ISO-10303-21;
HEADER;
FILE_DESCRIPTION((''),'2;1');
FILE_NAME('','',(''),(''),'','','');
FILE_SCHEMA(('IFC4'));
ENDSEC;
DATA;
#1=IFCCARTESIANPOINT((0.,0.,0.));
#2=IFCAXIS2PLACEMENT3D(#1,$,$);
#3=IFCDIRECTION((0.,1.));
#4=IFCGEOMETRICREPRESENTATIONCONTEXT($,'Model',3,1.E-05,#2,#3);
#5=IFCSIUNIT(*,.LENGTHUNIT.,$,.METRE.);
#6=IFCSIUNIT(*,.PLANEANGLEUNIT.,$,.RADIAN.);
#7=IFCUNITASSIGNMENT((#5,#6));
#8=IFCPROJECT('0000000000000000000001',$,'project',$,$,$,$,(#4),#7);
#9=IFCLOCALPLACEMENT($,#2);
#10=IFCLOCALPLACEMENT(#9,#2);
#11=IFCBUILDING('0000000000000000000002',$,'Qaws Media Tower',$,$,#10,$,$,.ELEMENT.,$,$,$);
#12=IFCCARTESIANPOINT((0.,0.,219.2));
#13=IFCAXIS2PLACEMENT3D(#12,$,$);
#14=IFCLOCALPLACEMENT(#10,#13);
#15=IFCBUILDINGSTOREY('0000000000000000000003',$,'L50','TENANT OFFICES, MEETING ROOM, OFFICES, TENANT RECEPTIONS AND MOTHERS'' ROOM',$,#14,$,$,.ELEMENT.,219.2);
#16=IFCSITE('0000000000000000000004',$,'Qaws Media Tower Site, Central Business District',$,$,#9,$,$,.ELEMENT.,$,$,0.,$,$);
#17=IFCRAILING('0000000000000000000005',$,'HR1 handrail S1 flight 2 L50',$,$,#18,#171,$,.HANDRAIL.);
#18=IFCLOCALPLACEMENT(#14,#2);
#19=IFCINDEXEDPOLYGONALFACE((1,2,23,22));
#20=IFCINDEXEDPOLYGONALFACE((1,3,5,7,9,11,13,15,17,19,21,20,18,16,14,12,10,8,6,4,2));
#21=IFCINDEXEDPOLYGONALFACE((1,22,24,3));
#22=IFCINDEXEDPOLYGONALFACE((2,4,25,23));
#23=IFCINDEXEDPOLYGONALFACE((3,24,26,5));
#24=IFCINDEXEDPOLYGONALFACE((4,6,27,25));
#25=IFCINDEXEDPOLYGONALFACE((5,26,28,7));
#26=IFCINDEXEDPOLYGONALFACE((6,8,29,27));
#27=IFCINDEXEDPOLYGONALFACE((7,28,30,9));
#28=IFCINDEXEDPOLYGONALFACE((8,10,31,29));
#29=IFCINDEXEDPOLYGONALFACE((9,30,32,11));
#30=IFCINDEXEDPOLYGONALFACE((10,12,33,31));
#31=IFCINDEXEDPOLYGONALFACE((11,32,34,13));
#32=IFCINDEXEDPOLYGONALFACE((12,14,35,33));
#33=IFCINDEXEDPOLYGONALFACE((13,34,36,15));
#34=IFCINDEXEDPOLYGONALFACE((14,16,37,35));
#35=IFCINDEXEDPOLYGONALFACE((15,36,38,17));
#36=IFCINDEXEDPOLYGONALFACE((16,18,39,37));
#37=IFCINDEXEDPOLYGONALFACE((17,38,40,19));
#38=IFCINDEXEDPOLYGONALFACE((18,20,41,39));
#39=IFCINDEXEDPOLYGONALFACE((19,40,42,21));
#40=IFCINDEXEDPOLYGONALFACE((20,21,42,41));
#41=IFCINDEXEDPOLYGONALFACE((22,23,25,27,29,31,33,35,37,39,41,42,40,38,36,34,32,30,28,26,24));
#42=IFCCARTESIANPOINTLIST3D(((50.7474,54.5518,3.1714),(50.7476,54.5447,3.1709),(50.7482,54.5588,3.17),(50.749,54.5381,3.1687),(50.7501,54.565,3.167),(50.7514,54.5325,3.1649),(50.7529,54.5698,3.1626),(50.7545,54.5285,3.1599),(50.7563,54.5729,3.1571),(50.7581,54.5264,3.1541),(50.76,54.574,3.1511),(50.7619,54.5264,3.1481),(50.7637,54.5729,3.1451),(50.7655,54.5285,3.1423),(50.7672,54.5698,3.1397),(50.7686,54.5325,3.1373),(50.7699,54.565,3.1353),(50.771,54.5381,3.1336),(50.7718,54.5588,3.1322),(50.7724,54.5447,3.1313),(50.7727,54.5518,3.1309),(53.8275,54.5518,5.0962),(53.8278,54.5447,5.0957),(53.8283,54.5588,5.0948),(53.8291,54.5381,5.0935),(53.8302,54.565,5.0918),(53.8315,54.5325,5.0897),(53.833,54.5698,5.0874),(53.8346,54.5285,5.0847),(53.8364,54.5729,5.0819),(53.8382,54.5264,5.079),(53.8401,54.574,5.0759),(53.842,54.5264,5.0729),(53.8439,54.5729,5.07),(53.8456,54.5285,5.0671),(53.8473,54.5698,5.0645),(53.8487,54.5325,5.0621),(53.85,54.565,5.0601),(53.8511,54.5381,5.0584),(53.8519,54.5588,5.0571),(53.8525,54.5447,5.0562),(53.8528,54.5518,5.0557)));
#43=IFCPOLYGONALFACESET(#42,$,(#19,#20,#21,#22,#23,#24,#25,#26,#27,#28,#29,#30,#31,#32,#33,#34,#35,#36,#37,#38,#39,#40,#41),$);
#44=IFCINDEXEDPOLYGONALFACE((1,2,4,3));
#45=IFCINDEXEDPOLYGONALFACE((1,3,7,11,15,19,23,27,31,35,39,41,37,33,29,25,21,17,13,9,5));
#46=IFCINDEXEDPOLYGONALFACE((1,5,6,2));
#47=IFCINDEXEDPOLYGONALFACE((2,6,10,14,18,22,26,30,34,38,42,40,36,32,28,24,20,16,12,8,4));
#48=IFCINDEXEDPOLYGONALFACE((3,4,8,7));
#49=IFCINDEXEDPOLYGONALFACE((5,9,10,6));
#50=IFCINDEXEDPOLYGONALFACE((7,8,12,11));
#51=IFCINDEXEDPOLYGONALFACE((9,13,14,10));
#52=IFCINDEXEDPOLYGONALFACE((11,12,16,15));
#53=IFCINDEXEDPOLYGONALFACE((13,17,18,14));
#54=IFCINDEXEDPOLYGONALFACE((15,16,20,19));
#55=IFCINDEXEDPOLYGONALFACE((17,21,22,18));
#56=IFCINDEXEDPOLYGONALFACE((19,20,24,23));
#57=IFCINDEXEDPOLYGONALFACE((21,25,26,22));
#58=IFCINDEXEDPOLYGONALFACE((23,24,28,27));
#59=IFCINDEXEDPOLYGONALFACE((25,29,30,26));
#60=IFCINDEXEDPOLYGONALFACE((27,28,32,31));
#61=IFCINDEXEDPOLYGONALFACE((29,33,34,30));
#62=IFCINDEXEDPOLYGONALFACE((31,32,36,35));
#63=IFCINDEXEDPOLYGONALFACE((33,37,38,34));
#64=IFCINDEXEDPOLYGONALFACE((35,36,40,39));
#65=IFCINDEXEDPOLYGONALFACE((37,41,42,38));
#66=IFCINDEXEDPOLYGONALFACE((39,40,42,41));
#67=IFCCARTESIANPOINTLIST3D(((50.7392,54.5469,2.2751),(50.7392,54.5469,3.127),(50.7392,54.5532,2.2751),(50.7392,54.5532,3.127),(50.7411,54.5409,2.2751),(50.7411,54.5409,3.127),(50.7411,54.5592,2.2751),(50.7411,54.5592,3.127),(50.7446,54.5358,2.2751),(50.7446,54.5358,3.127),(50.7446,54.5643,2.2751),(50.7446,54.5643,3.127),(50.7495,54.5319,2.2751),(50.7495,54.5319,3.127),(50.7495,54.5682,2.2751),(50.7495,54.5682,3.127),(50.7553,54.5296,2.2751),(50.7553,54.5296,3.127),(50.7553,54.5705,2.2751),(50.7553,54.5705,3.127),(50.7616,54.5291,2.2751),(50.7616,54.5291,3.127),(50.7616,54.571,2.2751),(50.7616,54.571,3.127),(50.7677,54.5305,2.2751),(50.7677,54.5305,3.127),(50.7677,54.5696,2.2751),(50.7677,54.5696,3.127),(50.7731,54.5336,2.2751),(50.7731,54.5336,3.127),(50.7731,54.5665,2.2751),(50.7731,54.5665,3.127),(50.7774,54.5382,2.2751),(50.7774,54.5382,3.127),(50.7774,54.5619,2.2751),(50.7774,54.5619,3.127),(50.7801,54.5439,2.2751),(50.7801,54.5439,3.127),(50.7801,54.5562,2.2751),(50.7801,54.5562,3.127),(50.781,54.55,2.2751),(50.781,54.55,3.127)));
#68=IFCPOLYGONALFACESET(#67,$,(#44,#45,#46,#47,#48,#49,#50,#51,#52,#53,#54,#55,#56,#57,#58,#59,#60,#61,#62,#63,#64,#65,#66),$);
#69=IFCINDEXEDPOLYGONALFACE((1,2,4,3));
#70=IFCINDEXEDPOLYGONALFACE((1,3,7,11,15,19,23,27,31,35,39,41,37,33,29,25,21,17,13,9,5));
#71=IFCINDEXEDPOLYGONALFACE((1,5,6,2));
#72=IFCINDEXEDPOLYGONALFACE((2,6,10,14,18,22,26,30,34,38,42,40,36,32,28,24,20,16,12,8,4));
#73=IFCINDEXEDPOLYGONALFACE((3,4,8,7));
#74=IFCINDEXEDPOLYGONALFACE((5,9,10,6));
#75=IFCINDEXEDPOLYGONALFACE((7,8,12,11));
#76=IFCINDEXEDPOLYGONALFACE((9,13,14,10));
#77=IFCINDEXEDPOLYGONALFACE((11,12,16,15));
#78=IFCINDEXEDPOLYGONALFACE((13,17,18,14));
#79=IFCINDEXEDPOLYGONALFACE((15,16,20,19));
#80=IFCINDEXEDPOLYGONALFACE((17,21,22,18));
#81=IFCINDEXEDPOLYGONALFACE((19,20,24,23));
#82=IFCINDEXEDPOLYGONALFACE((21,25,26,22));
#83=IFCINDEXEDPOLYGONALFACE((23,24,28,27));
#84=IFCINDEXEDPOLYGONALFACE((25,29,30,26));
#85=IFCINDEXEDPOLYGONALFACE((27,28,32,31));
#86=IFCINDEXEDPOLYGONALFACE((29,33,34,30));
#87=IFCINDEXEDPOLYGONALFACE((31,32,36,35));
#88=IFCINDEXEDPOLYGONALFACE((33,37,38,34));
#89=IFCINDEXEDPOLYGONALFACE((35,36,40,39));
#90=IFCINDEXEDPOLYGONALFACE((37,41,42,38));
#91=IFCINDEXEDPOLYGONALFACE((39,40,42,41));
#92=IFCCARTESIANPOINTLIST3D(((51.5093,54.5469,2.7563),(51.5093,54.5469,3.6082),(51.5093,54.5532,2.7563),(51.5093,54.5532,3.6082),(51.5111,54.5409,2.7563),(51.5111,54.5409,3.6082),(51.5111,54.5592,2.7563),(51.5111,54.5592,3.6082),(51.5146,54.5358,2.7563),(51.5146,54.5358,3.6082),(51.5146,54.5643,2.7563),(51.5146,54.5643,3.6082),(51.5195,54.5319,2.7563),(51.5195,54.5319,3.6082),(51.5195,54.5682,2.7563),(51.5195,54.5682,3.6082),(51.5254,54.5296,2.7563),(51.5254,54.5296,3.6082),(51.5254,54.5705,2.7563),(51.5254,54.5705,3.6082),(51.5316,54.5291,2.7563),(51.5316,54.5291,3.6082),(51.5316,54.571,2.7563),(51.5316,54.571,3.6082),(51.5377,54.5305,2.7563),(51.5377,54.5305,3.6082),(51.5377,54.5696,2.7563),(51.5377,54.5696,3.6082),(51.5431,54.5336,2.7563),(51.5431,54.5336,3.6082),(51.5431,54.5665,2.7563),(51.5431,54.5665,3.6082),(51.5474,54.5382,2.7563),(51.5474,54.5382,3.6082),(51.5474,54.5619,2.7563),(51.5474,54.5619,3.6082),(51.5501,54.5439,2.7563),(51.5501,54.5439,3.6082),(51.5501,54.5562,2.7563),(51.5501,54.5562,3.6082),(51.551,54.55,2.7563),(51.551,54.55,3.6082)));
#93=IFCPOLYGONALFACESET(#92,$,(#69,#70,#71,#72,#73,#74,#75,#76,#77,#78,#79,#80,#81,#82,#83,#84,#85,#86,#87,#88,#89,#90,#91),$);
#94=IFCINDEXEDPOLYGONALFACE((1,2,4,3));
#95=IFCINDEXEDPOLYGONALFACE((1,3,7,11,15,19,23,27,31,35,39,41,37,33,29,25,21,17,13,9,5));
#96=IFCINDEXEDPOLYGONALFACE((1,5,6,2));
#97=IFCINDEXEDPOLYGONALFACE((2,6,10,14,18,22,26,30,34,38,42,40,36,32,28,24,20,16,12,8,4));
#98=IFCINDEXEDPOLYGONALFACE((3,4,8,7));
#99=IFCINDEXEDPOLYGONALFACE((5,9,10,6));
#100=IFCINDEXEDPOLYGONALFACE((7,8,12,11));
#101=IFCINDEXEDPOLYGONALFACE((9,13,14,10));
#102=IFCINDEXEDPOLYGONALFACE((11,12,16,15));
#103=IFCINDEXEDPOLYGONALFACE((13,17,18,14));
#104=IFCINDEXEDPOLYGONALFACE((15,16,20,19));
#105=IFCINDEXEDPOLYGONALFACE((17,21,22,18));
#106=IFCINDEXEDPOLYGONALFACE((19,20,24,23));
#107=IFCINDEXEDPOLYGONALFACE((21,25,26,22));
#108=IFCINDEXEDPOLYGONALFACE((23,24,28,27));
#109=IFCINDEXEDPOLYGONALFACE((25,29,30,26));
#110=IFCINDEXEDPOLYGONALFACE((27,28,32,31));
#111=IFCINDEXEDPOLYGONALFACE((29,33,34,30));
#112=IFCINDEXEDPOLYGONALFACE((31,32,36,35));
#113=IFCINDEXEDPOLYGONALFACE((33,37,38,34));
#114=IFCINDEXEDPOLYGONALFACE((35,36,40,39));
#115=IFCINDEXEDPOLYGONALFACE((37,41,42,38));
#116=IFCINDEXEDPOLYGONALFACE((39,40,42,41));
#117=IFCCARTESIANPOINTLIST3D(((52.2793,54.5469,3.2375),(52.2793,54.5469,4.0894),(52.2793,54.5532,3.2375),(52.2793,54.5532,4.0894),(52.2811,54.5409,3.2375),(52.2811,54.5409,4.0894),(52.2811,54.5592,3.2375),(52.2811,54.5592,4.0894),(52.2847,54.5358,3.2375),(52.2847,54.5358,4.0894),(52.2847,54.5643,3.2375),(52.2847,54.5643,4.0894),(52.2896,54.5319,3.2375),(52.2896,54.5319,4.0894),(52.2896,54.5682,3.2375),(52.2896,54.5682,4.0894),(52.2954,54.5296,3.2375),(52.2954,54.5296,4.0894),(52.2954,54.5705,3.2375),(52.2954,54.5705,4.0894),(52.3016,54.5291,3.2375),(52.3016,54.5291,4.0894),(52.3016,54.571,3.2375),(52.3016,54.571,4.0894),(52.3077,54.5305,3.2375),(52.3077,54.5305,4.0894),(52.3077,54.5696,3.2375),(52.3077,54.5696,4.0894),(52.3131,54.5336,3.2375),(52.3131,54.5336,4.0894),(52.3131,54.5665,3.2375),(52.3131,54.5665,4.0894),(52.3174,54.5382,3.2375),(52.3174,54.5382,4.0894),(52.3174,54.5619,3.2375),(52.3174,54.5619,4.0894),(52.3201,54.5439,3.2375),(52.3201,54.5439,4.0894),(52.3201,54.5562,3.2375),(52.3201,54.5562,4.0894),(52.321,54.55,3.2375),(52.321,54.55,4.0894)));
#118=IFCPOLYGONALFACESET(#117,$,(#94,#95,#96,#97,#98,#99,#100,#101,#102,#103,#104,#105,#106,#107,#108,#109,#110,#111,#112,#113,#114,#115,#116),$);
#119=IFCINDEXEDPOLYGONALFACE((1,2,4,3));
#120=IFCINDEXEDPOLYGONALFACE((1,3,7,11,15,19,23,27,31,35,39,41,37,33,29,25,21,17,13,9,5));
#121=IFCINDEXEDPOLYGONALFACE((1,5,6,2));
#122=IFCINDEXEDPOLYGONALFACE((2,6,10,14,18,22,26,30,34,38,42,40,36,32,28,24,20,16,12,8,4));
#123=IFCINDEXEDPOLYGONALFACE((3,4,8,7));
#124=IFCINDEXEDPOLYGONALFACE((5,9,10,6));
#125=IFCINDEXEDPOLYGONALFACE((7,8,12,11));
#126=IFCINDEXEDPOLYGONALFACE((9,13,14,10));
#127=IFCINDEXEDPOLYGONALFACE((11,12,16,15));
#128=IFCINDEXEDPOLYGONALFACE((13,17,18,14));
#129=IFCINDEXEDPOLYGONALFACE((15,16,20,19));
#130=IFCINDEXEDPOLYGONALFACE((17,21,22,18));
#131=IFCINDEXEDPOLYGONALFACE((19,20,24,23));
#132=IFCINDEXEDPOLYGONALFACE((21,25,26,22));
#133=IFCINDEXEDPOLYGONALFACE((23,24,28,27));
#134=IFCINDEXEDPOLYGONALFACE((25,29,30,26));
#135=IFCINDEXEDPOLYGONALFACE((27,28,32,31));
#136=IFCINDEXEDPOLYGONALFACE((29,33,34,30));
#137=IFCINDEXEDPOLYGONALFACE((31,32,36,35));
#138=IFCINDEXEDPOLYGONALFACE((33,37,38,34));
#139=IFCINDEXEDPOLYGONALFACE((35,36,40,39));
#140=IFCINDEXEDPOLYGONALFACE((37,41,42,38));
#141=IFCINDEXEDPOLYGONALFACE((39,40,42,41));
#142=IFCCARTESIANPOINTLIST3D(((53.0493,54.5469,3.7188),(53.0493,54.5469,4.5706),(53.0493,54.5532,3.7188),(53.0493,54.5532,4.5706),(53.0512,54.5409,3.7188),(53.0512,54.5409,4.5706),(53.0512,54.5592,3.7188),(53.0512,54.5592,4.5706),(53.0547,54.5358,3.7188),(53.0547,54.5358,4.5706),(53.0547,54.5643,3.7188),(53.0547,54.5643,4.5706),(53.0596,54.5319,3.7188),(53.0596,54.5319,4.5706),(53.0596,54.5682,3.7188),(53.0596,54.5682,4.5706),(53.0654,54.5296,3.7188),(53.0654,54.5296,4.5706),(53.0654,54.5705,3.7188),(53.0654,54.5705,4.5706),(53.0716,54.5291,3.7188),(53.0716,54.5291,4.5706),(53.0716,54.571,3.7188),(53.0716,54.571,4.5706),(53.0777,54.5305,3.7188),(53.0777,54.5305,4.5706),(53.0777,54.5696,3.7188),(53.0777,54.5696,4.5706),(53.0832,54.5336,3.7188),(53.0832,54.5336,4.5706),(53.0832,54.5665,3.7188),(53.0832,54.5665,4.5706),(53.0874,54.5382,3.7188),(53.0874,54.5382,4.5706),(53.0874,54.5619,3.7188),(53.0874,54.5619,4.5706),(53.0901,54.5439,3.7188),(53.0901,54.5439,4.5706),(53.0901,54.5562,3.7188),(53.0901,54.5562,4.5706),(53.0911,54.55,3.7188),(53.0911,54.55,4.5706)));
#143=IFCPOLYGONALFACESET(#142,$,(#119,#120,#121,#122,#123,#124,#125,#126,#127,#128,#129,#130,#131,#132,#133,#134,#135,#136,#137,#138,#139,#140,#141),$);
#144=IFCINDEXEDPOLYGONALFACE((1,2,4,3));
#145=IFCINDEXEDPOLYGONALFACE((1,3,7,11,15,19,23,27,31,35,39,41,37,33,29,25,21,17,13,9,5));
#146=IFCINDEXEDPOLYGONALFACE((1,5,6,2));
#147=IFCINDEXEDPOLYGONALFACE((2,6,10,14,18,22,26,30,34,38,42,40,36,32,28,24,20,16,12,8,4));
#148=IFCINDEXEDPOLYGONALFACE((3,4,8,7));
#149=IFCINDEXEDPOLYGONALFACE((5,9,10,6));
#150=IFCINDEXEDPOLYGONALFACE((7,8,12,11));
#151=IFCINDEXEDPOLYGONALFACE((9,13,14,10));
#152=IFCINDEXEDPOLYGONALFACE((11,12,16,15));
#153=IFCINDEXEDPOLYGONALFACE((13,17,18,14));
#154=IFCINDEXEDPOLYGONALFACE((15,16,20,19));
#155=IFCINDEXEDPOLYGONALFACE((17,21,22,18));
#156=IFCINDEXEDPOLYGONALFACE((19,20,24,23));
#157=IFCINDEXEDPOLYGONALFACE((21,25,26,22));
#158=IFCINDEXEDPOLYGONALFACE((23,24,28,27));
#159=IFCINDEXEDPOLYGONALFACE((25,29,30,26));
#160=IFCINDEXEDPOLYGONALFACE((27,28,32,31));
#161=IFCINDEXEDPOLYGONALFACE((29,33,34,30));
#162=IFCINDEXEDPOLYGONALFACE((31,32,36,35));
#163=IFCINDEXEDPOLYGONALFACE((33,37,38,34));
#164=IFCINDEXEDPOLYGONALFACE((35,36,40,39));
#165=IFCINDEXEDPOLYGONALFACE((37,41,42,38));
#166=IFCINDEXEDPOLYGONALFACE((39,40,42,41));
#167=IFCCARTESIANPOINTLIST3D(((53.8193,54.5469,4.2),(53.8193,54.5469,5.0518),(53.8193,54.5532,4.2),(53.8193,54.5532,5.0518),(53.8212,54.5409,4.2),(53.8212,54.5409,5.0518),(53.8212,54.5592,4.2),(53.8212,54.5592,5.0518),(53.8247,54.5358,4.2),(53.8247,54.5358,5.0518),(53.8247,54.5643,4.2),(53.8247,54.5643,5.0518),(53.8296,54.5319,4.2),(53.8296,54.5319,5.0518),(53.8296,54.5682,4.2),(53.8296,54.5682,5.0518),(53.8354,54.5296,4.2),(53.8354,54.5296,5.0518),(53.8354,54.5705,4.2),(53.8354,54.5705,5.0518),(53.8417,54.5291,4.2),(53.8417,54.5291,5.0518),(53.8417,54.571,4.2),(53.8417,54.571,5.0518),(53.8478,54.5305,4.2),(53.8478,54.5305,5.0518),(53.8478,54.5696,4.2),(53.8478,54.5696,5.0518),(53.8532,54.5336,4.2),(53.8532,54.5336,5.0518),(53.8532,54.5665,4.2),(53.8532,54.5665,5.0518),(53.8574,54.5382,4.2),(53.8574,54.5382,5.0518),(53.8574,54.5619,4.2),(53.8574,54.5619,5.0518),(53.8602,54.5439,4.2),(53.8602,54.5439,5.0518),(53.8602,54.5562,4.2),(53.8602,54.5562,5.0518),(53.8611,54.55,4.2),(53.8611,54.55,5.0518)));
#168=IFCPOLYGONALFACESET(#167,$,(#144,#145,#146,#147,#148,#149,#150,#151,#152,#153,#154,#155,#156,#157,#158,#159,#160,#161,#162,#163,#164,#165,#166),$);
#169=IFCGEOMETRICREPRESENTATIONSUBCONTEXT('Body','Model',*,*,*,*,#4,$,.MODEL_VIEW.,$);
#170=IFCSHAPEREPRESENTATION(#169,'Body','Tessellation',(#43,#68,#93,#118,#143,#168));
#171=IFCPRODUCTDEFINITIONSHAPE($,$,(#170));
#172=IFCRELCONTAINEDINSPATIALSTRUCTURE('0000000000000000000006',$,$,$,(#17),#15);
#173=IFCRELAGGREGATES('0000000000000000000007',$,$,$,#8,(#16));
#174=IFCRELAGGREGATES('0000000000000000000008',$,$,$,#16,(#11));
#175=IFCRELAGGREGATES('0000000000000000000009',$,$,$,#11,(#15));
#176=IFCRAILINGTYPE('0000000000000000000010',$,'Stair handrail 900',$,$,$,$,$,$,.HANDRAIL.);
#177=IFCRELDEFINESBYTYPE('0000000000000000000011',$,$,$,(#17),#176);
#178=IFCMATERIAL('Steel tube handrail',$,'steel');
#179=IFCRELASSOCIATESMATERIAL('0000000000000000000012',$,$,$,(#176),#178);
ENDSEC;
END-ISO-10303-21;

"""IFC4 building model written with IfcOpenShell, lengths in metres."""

from ifc_helpers import new_model, si_unit, direction, frame, origin, origin_2d, place, context, subcontext, project, spatial, circle, extrude, material, type_object, element, save


model = new_model("IFC4")

# Units and contexts
model_context = context("Model", 3, precision=1e-05, world=origin(), true_north=direction((0.0, 1.0)))
body_context = subcontext(model_context, "Body", "Model", "MODEL_VIEW")
ifc_project = project(units=[si_unit("LENGTHUNIT", "METRE"), si_unit("PLANEANGLEUNIT", "RADIAN")], contexts=[model_context])

# Site, building, storey
site_placement = place(None, origin())
site = spatial("IfcSite", under=ifc_project, at=site_placement, Name="Qaws Media Tower Site, Central Business District", CompositionType="ELEMENT", RefElevation=0.0)
building_placement = place(site_placement, origin())
building = spatial("IfcBuilding", under=site, at=building_placement, Name="Qaws Media Tower", CompositionType="ELEMENT")
storey_placement = place(building_placement, frame((0.0, 0.0, 219.2)))
storey = spatial("IfcBuildingStorey", under=building, at=storey_placement, Name="L50", Description="TENANT OFFICES, MEETING ROOM, OFFICES, TENANT RECEPTIONS AND MOTHERS' ROOM", CompositionType="ELEMENT", Elevation=219.2)

# Railing
ifc_material_1 = material(Name="Steel tube handrail", Category="steel")
railing_type = type_object("IfcRailingType", Name="Stair handrail 900", PredefinedType="HANDRAIL", material=ifc_material_1)
for number, where, name in (
    (1, (50.76, 54.55, 2.2751), "HR1 handrail S1 flight 2 L50"),
):
    element("IfcRailing", number, at=place(storey_placement, frame(where)), inside=storey, type_object=railing_type, Name=name, PredefinedType="HANDRAIL", context=body_context, shape_type="SweptSolid", body=[
        extrude(circle(Radius=0.0239, at=origin_2d()), frame((0.0, 0.0, 0.876), z_axis=(0.848029, 0.0, 0.529951), x_axis=(0.0, 1.0, 0.0)), (0.0, 0.0, 1.0), 3.6321),
        extrude(circle(Radius=0.021, at=origin_2d()), origin(), (0.0, 0.0, 1.0), 0.8518),
        extrude(circle(Radius=0.021, at=origin_2d()), frame((0.77, 0.0, 0.4812)), (0.0, 0.0, 1.0), 0.8518),
        extrude(circle(Radius=0.021, at=origin_2d()), frame((1.54, 0.0, 0.9624)), (0.0, 0.0, 1.0), 0.8518),
        extrude(circle(Radius=0.021, at=origin_2d()), frame((2.3101, 0.0, 1.4436)), (0.0, 0.0, 1.0), 0.8518),
        extrude(circle(Radius=0.021, at=origin_2d()), frame((3.0801, 0.0, 1.9248)), (0.0, 0.0, 1.0), 0.8518),
    ])

save(model, "model.ifc")
